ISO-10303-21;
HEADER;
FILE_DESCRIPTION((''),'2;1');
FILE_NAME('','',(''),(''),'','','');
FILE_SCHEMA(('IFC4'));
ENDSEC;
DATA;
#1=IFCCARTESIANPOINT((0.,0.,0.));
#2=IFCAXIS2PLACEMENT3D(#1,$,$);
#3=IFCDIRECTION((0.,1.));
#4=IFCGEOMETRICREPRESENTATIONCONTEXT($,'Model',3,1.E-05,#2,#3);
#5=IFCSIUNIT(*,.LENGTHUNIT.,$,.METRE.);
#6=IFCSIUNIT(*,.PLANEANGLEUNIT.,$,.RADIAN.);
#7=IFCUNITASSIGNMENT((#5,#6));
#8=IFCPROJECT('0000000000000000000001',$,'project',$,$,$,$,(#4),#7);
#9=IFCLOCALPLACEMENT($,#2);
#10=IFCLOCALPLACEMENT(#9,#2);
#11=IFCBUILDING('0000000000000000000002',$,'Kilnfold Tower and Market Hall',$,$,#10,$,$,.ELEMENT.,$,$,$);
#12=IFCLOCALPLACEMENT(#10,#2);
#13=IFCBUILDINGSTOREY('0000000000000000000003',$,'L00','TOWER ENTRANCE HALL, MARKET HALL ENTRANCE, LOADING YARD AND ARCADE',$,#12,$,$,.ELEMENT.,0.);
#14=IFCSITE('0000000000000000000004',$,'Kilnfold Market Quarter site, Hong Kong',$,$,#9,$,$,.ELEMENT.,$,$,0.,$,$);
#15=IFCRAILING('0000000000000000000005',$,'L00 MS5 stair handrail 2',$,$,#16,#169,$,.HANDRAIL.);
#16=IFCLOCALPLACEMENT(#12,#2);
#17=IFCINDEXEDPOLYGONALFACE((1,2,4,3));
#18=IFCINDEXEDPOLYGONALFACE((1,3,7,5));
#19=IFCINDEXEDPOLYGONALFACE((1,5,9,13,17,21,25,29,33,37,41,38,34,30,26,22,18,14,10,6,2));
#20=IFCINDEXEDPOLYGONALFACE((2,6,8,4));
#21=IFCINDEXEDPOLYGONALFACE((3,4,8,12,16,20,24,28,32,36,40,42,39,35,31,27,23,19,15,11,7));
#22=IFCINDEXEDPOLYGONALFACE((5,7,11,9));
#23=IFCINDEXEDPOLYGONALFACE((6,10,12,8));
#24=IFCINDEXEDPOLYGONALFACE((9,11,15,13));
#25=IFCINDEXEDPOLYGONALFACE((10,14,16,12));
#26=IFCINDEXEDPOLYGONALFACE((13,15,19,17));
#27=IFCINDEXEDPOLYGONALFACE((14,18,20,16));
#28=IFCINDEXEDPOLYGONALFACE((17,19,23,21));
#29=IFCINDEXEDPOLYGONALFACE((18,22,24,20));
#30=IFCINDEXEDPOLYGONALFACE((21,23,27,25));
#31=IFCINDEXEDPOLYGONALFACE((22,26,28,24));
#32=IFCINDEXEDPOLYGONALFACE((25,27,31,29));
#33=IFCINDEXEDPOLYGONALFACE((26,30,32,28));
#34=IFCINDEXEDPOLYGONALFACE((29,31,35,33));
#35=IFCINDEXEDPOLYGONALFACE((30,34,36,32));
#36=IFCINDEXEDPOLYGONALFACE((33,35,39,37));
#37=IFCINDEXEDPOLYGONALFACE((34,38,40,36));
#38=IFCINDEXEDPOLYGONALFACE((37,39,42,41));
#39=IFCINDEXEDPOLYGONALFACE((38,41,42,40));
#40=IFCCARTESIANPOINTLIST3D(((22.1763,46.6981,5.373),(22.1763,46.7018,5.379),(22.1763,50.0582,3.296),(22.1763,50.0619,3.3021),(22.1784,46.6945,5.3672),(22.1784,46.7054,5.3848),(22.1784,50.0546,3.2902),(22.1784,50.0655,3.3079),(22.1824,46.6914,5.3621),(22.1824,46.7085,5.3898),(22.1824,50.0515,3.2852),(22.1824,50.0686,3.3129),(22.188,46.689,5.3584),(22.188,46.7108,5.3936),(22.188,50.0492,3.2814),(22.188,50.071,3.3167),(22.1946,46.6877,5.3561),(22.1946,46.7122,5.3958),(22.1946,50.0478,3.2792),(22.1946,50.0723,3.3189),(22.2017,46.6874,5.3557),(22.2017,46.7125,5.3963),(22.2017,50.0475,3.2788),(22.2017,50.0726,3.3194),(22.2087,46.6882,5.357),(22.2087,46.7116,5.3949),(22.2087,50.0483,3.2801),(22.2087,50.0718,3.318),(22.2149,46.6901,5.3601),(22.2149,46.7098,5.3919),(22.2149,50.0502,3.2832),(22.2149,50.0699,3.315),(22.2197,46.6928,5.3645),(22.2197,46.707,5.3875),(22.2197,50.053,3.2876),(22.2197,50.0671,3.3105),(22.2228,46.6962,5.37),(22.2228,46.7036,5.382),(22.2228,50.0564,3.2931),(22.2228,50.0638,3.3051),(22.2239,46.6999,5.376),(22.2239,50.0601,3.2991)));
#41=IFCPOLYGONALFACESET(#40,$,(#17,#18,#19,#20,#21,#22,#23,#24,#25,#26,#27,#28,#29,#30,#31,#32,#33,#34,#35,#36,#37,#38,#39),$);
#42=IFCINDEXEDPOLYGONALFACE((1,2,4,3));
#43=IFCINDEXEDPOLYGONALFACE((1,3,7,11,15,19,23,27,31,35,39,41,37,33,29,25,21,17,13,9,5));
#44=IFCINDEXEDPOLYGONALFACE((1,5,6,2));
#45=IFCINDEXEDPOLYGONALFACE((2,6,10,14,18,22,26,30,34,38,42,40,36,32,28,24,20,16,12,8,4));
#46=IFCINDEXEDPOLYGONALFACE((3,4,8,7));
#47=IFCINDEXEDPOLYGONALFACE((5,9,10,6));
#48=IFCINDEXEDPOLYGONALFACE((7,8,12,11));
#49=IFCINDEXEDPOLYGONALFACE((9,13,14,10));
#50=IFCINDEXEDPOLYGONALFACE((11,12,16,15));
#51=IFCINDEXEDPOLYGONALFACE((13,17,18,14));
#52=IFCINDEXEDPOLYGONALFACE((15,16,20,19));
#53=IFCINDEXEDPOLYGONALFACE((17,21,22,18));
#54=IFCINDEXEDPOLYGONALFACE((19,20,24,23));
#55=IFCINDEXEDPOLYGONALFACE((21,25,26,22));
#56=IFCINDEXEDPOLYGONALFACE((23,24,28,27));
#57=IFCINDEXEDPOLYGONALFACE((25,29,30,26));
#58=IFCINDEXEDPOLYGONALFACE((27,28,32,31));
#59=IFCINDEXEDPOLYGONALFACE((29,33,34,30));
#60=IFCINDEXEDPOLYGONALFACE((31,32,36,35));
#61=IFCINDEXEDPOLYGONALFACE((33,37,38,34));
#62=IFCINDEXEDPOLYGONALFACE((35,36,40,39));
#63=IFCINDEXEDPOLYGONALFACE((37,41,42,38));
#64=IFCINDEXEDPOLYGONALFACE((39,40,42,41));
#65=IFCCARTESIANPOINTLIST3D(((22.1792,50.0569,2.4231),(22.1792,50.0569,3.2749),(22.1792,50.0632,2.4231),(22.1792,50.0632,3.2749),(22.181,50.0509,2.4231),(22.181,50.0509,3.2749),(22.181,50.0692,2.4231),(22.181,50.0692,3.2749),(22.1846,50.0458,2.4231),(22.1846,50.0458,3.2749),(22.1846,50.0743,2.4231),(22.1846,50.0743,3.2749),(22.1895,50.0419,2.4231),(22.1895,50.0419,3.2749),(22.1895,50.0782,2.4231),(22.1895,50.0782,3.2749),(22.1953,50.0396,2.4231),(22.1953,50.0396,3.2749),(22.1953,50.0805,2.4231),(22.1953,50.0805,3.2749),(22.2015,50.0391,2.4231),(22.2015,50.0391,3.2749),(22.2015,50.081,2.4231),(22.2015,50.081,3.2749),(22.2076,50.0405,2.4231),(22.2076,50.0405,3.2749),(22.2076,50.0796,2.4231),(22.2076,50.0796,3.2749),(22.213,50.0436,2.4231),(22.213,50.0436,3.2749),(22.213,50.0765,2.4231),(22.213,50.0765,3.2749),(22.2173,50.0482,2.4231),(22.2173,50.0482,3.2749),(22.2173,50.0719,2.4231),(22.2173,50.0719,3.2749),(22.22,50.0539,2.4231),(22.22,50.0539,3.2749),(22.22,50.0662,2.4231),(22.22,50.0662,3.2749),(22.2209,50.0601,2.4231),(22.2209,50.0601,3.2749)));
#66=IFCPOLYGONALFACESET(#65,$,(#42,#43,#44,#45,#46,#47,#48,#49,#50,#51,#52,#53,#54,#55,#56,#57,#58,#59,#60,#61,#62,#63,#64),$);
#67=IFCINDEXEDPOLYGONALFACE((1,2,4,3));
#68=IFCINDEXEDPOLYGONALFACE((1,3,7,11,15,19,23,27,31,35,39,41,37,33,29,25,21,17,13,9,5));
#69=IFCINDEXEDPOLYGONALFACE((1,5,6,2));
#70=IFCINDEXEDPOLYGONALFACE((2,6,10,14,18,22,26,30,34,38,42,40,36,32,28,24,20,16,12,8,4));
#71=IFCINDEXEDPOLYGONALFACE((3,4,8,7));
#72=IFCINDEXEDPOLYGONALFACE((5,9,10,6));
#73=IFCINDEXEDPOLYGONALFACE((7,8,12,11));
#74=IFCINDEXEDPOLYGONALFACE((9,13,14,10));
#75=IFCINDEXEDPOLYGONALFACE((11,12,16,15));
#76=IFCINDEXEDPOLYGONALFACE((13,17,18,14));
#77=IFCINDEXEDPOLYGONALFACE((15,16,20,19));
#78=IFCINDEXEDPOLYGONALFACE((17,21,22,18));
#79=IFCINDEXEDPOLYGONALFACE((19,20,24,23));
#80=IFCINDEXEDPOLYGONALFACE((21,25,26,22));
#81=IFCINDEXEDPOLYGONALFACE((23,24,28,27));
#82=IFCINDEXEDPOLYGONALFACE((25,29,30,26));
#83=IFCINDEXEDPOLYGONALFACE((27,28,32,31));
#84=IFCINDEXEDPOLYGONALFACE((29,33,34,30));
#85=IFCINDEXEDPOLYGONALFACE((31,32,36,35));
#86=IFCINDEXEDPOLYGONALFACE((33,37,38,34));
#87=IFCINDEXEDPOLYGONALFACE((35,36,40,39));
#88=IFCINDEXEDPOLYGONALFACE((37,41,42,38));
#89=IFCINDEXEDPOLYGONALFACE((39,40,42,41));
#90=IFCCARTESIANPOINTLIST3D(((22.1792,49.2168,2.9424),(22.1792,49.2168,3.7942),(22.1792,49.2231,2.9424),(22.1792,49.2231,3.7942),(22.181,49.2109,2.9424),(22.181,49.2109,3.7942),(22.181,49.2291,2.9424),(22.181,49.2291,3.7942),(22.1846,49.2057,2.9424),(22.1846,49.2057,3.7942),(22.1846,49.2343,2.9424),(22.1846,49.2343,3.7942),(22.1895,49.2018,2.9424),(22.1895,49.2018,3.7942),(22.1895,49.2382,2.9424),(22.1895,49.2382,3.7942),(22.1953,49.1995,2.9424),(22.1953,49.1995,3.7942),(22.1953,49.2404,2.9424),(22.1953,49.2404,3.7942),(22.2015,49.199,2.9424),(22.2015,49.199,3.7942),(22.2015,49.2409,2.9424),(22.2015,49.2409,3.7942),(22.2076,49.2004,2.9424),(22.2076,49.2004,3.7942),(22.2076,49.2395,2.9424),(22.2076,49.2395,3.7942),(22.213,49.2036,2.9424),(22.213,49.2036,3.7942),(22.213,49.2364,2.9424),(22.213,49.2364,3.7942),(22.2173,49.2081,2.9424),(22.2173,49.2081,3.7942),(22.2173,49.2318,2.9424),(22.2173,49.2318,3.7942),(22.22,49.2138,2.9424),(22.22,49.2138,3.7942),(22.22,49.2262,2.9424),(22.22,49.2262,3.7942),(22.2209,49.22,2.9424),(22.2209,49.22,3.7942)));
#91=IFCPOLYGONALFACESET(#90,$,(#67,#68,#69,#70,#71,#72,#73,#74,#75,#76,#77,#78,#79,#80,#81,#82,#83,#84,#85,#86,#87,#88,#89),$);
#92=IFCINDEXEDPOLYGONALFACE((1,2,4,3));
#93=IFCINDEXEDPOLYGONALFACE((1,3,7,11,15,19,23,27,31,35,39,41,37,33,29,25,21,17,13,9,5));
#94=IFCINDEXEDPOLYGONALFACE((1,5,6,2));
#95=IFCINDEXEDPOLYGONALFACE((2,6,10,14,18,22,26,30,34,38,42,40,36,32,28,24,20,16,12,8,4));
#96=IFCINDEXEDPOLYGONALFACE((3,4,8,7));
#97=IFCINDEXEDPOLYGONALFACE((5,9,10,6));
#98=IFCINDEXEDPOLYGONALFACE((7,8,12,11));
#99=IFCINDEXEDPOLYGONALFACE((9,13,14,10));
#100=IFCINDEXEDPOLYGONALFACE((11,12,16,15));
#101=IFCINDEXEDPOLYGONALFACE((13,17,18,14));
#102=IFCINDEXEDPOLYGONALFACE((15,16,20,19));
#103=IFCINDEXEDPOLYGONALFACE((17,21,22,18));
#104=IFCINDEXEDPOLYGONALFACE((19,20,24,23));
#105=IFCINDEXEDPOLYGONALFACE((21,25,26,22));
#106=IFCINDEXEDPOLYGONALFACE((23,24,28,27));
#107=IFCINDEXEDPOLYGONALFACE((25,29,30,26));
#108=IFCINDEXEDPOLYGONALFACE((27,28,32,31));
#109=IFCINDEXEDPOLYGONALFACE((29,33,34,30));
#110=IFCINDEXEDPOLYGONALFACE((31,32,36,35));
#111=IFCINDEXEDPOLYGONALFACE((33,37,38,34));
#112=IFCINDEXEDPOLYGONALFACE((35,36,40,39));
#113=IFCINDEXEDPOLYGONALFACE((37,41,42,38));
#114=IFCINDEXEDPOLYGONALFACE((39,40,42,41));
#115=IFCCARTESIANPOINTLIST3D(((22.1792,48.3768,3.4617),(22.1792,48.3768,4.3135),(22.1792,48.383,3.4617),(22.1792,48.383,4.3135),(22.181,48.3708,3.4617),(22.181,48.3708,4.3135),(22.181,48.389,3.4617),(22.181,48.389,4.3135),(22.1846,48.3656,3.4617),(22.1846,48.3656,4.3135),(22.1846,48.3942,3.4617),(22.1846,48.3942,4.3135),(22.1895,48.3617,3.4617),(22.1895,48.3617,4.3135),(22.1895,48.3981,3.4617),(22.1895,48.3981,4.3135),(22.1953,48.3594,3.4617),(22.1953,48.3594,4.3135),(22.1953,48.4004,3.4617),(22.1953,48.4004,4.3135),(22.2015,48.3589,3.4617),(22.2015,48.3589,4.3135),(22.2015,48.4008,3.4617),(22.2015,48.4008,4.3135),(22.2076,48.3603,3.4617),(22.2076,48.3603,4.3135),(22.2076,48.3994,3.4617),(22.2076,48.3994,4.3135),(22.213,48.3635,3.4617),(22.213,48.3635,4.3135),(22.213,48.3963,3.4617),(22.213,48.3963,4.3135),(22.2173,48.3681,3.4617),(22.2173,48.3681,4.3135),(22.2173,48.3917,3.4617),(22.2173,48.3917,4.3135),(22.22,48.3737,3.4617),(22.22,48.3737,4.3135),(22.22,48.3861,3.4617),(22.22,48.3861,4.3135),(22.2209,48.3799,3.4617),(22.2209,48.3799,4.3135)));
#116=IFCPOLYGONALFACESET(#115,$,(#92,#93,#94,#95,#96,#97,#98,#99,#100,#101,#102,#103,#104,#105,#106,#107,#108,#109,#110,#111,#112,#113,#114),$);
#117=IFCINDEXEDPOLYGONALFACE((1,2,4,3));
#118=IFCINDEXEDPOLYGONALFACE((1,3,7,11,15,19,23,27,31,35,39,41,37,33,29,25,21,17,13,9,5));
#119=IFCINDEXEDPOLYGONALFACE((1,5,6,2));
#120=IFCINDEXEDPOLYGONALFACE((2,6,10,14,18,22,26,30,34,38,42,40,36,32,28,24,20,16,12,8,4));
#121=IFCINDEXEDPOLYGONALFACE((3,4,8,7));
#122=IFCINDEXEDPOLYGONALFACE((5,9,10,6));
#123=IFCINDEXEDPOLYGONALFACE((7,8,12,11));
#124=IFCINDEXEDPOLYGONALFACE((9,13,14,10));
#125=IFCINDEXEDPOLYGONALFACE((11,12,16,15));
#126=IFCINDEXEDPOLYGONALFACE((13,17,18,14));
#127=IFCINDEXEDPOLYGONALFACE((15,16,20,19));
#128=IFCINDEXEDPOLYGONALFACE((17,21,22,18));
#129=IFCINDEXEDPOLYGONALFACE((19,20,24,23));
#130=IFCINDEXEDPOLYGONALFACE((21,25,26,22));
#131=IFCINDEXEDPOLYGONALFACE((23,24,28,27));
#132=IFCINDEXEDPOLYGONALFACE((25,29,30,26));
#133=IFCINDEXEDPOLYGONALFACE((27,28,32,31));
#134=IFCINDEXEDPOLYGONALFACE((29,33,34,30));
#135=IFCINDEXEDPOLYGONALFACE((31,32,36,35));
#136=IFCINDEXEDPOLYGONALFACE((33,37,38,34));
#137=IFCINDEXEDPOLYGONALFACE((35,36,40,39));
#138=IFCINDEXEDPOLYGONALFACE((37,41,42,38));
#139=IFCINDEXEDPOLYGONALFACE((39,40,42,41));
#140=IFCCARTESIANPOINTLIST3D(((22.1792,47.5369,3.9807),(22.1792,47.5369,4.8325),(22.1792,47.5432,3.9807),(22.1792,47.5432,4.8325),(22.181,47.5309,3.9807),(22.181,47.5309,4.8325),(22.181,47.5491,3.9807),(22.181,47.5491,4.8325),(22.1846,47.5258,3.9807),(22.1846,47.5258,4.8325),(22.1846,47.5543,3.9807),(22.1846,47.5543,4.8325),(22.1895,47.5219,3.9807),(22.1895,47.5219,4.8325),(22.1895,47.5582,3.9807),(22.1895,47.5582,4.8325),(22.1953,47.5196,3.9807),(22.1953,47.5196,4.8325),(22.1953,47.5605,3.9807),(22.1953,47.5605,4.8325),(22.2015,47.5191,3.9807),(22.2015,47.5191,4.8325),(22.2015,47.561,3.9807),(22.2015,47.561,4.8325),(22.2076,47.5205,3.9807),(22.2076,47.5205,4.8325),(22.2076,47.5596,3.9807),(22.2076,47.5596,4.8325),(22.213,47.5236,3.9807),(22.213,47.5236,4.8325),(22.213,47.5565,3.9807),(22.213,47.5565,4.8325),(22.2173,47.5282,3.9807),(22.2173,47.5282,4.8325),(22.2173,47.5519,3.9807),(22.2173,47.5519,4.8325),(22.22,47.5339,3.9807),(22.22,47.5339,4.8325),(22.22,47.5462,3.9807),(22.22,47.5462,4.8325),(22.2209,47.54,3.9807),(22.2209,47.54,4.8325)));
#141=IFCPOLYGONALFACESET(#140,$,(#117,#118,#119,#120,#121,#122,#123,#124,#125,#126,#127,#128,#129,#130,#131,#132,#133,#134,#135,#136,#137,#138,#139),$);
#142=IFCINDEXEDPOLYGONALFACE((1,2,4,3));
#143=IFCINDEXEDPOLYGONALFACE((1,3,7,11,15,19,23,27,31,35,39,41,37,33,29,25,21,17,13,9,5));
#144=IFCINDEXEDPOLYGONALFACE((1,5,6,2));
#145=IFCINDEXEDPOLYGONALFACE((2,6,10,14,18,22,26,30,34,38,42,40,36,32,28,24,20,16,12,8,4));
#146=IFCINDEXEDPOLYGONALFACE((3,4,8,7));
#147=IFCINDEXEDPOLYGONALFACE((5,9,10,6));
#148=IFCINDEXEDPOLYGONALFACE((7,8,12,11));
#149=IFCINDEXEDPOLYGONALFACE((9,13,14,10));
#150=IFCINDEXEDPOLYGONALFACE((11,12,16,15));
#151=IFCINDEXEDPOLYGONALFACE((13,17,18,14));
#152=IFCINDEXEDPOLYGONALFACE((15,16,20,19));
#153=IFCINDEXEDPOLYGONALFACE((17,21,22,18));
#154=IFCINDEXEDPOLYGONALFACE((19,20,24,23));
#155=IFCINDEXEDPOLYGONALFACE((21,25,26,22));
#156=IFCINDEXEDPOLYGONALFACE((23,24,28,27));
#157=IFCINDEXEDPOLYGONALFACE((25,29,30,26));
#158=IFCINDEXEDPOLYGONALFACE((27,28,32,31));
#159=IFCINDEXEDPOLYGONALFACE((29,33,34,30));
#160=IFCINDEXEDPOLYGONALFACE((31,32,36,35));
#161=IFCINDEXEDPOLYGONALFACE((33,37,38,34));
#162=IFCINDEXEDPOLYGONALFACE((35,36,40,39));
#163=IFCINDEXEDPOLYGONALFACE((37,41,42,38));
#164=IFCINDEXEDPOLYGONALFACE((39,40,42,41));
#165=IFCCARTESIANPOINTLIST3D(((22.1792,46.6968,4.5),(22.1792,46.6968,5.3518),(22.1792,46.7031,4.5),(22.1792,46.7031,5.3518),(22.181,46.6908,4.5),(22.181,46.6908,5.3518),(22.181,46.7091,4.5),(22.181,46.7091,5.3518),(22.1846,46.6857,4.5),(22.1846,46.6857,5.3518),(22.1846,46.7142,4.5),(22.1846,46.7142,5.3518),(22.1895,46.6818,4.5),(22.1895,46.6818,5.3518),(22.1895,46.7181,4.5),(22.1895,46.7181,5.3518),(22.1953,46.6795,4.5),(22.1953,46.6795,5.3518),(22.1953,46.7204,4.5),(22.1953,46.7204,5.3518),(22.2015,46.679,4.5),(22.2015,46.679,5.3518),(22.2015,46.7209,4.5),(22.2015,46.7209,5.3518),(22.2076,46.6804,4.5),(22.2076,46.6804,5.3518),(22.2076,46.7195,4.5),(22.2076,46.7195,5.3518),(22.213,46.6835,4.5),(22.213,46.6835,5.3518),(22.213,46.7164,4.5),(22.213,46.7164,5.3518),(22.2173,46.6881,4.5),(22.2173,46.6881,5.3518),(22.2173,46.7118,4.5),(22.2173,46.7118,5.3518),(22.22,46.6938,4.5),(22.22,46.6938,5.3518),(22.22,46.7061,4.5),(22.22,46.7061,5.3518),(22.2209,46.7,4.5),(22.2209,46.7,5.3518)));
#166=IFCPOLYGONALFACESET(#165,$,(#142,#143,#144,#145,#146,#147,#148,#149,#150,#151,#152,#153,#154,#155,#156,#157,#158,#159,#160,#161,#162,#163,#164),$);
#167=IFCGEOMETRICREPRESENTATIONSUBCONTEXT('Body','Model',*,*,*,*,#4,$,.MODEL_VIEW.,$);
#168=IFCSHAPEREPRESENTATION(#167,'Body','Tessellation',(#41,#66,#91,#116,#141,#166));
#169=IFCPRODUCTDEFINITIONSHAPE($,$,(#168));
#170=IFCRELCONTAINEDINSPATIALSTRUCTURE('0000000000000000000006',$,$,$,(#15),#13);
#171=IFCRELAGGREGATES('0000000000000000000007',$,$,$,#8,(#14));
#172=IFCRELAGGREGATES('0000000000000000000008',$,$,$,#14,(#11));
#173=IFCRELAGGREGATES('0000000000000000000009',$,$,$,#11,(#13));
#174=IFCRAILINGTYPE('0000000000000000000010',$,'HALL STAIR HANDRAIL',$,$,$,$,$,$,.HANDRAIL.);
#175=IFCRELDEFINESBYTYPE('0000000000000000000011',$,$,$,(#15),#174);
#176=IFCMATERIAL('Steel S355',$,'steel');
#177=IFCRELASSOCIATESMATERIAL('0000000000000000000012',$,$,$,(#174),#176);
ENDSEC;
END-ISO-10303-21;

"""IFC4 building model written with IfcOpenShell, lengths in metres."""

from ifc_helpers import new_model, si_unit, direction, frame, origin, origin_2d, place, context, subcontext, project, spatial, circle, extrude, material, type_object, element, save


model = new_model("IFC4")

# Units and contexts
model_context = context("Model", 3, precision=1e-05, world=origin(), true_north=direction((0.0, 1.0)))
body_context = subcontext(model_context, "Body", "Model", "MODEL_VIEW")
ifc_project = project(units=[si_unit("LENGTHUNIT", "METRE"), si_unit("PLANEANGLEUNIT", "RADIAN")], contexts=[model_context])

# Site, building, storey
site_placement = place(None, origin())
site = spatial("IfcSite", under=ifc_project, at=site_placement, Name="Kilnfold Market Quarter site, Hong Kong", CompositionType="ELEMENT", RefElevation=0.0)
building_placement = place(site_placement, origin())
building = spatial("IfcBuilding", under=site, at=building_placement, Name="Kilnfold Tower and Market Hall", CompositionType="ELEMENT")
storey_placement = place(building_placement, origin())
storey = spatial("IfcBuildingStorey", under=building, at=storey_placement, Name="L00", Description="TOWER ENTRANCE HALL, MARKET HALL ENTRANCE, LOADING YARD AND ARCADE", CompositionType="ELEMENT", Elevation=0.0)

# Railing
ifc_material_1 = material(Name="Steel S355", Category="steel")
railing_type_1 = type_object("IfcRailingType", Name="HALL STAIR HANDRAIL", PredefinedType="HANDRAIL", material=ifc_material_1)
railing_1_placement = place(storey_placement, frame((22.2, 50.0601, 2.4231)))
element("IfcRailing", 1, at=railing_1_placement, inside=storey, type_object=railing_type_1, Name="L00 MS5 stair handrail 2", PredefinedType="HANDRAIL", context=body_context, shape_type="SweptSolid", body=[
    extrude(circle(Radius=0.0239, at=origin_2d()), frame((0.0, 0.0, 0.876), z_axis=(0.0, -0.850623, 0.525776), x_axis=(1.0, 0.0, 0.0)), (0.0, 0.0, 1.0), 3.9502),
    extrude(circle(Radius=0.021, at=origin_2d()), origin(), (0.0, 0.0, 1.0), 0.8518),
    extrude(circle(Radius=0.021, at=origin_2d()), frame((0.0, -0.8401, 0.5193)), (0.0, 0.0, 1.0), 0.8518),
    extrude(circle(Radius=0.021, at=origin_2d()), frame((0.0, -1.6802, 1.0386)), (0.0, 0.0, 1.0), 0.8518),
    extrude(circle(Radius=0.021, at=origin_2d()), frame((0.0, -2.52, 1.5576)), (0.0, 0.0, 1.0), 0.8518),
    extrude(circle(Radius=0.021, at=origin_2d()), frame((0.0, -3.3601, 2.0769)), (0.0, 0.0, 1.0), 0.8518),
])

save(model, "model.ifc")
